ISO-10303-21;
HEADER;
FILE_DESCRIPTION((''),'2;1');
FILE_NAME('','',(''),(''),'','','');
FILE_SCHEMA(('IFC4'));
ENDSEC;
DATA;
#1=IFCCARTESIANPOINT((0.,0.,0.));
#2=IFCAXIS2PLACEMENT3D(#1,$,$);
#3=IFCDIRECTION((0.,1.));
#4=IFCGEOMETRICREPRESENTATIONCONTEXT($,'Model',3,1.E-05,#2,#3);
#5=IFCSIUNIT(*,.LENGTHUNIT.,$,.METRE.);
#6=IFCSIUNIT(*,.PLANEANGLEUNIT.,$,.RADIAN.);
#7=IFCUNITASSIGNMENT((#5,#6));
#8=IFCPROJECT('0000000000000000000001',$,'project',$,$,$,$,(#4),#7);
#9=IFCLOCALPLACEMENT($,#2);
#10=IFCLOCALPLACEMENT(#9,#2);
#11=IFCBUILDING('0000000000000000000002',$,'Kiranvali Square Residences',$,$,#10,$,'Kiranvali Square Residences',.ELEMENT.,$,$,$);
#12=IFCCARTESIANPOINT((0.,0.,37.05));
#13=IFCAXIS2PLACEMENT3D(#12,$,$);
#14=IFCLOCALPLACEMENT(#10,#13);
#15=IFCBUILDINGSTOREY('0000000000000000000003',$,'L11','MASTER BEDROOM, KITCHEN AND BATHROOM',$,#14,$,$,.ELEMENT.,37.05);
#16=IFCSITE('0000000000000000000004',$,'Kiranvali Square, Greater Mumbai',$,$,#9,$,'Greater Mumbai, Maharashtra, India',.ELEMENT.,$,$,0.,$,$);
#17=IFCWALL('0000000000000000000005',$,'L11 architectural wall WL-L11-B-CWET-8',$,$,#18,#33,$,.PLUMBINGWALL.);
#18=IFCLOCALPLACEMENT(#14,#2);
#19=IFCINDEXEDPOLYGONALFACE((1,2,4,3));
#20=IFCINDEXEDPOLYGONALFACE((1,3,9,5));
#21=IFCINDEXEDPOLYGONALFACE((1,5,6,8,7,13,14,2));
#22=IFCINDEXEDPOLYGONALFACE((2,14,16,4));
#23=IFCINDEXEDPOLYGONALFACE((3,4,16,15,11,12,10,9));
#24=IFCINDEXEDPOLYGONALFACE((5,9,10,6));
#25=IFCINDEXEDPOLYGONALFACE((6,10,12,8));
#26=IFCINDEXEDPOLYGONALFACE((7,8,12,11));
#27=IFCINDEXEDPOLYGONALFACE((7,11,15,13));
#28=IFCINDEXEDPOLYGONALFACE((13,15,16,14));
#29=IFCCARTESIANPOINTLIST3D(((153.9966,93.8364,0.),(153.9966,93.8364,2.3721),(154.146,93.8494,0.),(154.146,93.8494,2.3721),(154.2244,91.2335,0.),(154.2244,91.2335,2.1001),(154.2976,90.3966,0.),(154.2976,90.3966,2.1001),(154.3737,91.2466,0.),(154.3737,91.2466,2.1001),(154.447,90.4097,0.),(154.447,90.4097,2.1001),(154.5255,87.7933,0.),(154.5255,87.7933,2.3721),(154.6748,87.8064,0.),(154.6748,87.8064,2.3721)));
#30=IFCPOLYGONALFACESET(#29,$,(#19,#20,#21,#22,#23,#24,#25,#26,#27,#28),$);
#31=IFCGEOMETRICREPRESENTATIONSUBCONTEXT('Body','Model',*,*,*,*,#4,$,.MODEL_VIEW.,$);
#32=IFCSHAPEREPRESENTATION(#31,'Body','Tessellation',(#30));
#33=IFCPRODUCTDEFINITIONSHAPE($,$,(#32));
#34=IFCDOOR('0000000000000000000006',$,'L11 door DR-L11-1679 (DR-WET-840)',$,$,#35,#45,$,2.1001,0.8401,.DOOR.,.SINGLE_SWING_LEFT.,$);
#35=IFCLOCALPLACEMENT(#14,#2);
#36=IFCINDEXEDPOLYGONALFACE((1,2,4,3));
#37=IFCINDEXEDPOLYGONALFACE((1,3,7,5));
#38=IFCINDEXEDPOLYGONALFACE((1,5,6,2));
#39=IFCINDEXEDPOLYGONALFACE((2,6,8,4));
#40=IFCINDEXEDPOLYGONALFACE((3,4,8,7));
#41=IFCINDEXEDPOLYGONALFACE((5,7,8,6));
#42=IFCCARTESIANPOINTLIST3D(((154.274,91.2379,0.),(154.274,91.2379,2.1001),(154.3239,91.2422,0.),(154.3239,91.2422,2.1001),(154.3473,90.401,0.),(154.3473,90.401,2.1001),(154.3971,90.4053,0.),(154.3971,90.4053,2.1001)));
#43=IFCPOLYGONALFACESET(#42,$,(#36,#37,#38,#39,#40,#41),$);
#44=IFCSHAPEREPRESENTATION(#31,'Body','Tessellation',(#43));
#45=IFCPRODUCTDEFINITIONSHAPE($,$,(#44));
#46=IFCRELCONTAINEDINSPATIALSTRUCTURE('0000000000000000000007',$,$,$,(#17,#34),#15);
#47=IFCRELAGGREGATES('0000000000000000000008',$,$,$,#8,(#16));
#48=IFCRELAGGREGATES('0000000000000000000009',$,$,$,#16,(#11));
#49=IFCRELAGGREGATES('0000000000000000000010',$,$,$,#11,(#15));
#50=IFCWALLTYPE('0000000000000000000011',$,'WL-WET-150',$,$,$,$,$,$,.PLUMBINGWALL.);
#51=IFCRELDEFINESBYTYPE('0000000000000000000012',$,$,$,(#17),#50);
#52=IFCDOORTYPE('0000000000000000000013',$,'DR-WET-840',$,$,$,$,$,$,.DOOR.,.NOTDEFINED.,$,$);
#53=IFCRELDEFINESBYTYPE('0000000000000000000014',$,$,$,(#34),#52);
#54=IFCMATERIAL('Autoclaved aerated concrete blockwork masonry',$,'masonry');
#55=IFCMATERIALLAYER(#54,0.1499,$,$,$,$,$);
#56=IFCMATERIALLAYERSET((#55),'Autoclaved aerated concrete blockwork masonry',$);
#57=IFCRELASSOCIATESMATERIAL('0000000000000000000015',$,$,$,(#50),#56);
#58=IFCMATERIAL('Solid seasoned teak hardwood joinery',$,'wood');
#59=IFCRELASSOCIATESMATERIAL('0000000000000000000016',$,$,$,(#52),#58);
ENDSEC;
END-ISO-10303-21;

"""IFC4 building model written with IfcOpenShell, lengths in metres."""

from ifc_helpers import new_model, si_unit, direction, frame, frame_2d, origin, place, context, subcontext, project, spatial, rectangle, extrude, material, layer, layer_set, type_object, element, fill, save


model = new_model("IFC4")

# Units and contexts
model_context = context("Model", 3, precision=1e-05, world=origin(), true_north=direction((0.0, 1.0)))
body_context = subcontext(model_context, "Body", "Model", "MODEL_VIEW")
ifc_project = project(units=[si_unit("LENGTHUNIT", "METRE"), si_unit("PLANEANGLEUNIT", "RADIAN")], contexts=[model_context])

# Site, building, storey
site_placement = place(None, origin())
site = spatial("IfcSite", under=ifc_project, at=site_placement, Name="Kiranvali Square, Greater Mumbai", LongName="Greater Mumbai, Maharashtra, India", CompositionType="ELEMENT", RefElevation=0.0)
building_placement = place(site_placement, origin())
building = spatial("IfcBuilding", under=site, at=building_placement, Name="Kiranvali Square Residences", LongName="Kiranvali Square Residences", CompositionType="ELEMENT")
storey_placement = place(building_placement, frame((0.0, 0.0, 37.05)))
storey = spatial("IfcBuildingStorey", under=building, at=storey_placement, Name="L11", Description="MASTER BEDROOM, KITCHEN AND BATHROOM", CompositionType="ELEMENT", Elevation=37.05)

# Shared definitions
ifc_material_1 = material(Name="Autoclaved aerated concrete blockwork masonry", Category="masonry")

# Wall, opening, door
ifc_material_2 = material(Name="Solid seasoned teak hardwood joinery", Category="wood")
ifc_layer_1 = layer(ifc_material_1, 0.1499)
ifc_layer_set_1 = layer_set([ifc_layer_1], Name="Autoclaved aerated concrete blockwork masonry")
wall_type_1 = type_object("IfcWallType", Name="WL-WET-150", PredefinedType="PLUMBINGWALL", material=ifc_layer_set_1)
wall_1_placement = place(storey_placement, frame((154.0713, 93.843, 0.0), z_axis=(0.0, 0.0, 1.0), x_axis=(0.087175, -0.996193, 0.0)))
wall_1 = element("IfcWall", 1, at=wall_1_placement, inside=storey, type_object=wall_type_1, Name="L11 architectural wall WL-L11-B-CWET-8", PredefinedType="PLUMBINGWALL", context=body_context, shape_type="SweptSolid", body=[
    extrude(rectangle(XDim=6.0662, YDim=0.1499, at=frame_2d((3.0332, 0.0))), origin(), (0.0, 0.0, 1.0), 2.3721),
])
opening_1_placement = place(wall_1_placement, frame((2.613, 0.0, 0.0)))
opening_1 = element("IfcOpeningElement", 2, at=opening_1_placement, cuts=wall_1, PredefinedType="OPENING", context=body_context, shape_type="SweptSolid", body=[
    extrude(rectangle(XDim=0.8401, YDim=2.1001, at=frame_2d((0.4199, 1.05))), frame((0.0, 0.085, 0.0), z_axis=(0.0, -1.0, 0.0), x_axis=(1.0, 0.0, 0.0)), (0.0, 0.0, 1.0), 0.1699),
])
door_type_1 = type_object("IfcDoorType", Name="DR-WET-840", OperationType="NOTDEFINED", PredefinedType="DOOR", material=ifc_material_2)
door_1_placement = place(opening_1_placement, origin())
door_1 = element("IfcDoor", 3, at=door_1_placement, inside=storey, type_object=door_type_1, Name="L11 door DR-L11-1679 (DR-WET-840)", OperationType="SINGLE_SWING_LEFT", OverallHeight=2.1001, OverallWidth=0.8401, PredefinedType="DOOR", context=body_context, shape_type="SweptSolid", body=[
    extrude(rectangle(XDim=0.8401, YDim=2.1001, at=frame_2d((0.4199, 1.05))), frame((0.0, 0.0249, 0.0), z_axis=(0.0, -1.0, 0.0), x_axis=(1.0, 0.0, 0.0)), (0.0, 0.0, 1.0), 0.05),
])
fill(opening_1, door_1)

save(model, "model.ifc")
